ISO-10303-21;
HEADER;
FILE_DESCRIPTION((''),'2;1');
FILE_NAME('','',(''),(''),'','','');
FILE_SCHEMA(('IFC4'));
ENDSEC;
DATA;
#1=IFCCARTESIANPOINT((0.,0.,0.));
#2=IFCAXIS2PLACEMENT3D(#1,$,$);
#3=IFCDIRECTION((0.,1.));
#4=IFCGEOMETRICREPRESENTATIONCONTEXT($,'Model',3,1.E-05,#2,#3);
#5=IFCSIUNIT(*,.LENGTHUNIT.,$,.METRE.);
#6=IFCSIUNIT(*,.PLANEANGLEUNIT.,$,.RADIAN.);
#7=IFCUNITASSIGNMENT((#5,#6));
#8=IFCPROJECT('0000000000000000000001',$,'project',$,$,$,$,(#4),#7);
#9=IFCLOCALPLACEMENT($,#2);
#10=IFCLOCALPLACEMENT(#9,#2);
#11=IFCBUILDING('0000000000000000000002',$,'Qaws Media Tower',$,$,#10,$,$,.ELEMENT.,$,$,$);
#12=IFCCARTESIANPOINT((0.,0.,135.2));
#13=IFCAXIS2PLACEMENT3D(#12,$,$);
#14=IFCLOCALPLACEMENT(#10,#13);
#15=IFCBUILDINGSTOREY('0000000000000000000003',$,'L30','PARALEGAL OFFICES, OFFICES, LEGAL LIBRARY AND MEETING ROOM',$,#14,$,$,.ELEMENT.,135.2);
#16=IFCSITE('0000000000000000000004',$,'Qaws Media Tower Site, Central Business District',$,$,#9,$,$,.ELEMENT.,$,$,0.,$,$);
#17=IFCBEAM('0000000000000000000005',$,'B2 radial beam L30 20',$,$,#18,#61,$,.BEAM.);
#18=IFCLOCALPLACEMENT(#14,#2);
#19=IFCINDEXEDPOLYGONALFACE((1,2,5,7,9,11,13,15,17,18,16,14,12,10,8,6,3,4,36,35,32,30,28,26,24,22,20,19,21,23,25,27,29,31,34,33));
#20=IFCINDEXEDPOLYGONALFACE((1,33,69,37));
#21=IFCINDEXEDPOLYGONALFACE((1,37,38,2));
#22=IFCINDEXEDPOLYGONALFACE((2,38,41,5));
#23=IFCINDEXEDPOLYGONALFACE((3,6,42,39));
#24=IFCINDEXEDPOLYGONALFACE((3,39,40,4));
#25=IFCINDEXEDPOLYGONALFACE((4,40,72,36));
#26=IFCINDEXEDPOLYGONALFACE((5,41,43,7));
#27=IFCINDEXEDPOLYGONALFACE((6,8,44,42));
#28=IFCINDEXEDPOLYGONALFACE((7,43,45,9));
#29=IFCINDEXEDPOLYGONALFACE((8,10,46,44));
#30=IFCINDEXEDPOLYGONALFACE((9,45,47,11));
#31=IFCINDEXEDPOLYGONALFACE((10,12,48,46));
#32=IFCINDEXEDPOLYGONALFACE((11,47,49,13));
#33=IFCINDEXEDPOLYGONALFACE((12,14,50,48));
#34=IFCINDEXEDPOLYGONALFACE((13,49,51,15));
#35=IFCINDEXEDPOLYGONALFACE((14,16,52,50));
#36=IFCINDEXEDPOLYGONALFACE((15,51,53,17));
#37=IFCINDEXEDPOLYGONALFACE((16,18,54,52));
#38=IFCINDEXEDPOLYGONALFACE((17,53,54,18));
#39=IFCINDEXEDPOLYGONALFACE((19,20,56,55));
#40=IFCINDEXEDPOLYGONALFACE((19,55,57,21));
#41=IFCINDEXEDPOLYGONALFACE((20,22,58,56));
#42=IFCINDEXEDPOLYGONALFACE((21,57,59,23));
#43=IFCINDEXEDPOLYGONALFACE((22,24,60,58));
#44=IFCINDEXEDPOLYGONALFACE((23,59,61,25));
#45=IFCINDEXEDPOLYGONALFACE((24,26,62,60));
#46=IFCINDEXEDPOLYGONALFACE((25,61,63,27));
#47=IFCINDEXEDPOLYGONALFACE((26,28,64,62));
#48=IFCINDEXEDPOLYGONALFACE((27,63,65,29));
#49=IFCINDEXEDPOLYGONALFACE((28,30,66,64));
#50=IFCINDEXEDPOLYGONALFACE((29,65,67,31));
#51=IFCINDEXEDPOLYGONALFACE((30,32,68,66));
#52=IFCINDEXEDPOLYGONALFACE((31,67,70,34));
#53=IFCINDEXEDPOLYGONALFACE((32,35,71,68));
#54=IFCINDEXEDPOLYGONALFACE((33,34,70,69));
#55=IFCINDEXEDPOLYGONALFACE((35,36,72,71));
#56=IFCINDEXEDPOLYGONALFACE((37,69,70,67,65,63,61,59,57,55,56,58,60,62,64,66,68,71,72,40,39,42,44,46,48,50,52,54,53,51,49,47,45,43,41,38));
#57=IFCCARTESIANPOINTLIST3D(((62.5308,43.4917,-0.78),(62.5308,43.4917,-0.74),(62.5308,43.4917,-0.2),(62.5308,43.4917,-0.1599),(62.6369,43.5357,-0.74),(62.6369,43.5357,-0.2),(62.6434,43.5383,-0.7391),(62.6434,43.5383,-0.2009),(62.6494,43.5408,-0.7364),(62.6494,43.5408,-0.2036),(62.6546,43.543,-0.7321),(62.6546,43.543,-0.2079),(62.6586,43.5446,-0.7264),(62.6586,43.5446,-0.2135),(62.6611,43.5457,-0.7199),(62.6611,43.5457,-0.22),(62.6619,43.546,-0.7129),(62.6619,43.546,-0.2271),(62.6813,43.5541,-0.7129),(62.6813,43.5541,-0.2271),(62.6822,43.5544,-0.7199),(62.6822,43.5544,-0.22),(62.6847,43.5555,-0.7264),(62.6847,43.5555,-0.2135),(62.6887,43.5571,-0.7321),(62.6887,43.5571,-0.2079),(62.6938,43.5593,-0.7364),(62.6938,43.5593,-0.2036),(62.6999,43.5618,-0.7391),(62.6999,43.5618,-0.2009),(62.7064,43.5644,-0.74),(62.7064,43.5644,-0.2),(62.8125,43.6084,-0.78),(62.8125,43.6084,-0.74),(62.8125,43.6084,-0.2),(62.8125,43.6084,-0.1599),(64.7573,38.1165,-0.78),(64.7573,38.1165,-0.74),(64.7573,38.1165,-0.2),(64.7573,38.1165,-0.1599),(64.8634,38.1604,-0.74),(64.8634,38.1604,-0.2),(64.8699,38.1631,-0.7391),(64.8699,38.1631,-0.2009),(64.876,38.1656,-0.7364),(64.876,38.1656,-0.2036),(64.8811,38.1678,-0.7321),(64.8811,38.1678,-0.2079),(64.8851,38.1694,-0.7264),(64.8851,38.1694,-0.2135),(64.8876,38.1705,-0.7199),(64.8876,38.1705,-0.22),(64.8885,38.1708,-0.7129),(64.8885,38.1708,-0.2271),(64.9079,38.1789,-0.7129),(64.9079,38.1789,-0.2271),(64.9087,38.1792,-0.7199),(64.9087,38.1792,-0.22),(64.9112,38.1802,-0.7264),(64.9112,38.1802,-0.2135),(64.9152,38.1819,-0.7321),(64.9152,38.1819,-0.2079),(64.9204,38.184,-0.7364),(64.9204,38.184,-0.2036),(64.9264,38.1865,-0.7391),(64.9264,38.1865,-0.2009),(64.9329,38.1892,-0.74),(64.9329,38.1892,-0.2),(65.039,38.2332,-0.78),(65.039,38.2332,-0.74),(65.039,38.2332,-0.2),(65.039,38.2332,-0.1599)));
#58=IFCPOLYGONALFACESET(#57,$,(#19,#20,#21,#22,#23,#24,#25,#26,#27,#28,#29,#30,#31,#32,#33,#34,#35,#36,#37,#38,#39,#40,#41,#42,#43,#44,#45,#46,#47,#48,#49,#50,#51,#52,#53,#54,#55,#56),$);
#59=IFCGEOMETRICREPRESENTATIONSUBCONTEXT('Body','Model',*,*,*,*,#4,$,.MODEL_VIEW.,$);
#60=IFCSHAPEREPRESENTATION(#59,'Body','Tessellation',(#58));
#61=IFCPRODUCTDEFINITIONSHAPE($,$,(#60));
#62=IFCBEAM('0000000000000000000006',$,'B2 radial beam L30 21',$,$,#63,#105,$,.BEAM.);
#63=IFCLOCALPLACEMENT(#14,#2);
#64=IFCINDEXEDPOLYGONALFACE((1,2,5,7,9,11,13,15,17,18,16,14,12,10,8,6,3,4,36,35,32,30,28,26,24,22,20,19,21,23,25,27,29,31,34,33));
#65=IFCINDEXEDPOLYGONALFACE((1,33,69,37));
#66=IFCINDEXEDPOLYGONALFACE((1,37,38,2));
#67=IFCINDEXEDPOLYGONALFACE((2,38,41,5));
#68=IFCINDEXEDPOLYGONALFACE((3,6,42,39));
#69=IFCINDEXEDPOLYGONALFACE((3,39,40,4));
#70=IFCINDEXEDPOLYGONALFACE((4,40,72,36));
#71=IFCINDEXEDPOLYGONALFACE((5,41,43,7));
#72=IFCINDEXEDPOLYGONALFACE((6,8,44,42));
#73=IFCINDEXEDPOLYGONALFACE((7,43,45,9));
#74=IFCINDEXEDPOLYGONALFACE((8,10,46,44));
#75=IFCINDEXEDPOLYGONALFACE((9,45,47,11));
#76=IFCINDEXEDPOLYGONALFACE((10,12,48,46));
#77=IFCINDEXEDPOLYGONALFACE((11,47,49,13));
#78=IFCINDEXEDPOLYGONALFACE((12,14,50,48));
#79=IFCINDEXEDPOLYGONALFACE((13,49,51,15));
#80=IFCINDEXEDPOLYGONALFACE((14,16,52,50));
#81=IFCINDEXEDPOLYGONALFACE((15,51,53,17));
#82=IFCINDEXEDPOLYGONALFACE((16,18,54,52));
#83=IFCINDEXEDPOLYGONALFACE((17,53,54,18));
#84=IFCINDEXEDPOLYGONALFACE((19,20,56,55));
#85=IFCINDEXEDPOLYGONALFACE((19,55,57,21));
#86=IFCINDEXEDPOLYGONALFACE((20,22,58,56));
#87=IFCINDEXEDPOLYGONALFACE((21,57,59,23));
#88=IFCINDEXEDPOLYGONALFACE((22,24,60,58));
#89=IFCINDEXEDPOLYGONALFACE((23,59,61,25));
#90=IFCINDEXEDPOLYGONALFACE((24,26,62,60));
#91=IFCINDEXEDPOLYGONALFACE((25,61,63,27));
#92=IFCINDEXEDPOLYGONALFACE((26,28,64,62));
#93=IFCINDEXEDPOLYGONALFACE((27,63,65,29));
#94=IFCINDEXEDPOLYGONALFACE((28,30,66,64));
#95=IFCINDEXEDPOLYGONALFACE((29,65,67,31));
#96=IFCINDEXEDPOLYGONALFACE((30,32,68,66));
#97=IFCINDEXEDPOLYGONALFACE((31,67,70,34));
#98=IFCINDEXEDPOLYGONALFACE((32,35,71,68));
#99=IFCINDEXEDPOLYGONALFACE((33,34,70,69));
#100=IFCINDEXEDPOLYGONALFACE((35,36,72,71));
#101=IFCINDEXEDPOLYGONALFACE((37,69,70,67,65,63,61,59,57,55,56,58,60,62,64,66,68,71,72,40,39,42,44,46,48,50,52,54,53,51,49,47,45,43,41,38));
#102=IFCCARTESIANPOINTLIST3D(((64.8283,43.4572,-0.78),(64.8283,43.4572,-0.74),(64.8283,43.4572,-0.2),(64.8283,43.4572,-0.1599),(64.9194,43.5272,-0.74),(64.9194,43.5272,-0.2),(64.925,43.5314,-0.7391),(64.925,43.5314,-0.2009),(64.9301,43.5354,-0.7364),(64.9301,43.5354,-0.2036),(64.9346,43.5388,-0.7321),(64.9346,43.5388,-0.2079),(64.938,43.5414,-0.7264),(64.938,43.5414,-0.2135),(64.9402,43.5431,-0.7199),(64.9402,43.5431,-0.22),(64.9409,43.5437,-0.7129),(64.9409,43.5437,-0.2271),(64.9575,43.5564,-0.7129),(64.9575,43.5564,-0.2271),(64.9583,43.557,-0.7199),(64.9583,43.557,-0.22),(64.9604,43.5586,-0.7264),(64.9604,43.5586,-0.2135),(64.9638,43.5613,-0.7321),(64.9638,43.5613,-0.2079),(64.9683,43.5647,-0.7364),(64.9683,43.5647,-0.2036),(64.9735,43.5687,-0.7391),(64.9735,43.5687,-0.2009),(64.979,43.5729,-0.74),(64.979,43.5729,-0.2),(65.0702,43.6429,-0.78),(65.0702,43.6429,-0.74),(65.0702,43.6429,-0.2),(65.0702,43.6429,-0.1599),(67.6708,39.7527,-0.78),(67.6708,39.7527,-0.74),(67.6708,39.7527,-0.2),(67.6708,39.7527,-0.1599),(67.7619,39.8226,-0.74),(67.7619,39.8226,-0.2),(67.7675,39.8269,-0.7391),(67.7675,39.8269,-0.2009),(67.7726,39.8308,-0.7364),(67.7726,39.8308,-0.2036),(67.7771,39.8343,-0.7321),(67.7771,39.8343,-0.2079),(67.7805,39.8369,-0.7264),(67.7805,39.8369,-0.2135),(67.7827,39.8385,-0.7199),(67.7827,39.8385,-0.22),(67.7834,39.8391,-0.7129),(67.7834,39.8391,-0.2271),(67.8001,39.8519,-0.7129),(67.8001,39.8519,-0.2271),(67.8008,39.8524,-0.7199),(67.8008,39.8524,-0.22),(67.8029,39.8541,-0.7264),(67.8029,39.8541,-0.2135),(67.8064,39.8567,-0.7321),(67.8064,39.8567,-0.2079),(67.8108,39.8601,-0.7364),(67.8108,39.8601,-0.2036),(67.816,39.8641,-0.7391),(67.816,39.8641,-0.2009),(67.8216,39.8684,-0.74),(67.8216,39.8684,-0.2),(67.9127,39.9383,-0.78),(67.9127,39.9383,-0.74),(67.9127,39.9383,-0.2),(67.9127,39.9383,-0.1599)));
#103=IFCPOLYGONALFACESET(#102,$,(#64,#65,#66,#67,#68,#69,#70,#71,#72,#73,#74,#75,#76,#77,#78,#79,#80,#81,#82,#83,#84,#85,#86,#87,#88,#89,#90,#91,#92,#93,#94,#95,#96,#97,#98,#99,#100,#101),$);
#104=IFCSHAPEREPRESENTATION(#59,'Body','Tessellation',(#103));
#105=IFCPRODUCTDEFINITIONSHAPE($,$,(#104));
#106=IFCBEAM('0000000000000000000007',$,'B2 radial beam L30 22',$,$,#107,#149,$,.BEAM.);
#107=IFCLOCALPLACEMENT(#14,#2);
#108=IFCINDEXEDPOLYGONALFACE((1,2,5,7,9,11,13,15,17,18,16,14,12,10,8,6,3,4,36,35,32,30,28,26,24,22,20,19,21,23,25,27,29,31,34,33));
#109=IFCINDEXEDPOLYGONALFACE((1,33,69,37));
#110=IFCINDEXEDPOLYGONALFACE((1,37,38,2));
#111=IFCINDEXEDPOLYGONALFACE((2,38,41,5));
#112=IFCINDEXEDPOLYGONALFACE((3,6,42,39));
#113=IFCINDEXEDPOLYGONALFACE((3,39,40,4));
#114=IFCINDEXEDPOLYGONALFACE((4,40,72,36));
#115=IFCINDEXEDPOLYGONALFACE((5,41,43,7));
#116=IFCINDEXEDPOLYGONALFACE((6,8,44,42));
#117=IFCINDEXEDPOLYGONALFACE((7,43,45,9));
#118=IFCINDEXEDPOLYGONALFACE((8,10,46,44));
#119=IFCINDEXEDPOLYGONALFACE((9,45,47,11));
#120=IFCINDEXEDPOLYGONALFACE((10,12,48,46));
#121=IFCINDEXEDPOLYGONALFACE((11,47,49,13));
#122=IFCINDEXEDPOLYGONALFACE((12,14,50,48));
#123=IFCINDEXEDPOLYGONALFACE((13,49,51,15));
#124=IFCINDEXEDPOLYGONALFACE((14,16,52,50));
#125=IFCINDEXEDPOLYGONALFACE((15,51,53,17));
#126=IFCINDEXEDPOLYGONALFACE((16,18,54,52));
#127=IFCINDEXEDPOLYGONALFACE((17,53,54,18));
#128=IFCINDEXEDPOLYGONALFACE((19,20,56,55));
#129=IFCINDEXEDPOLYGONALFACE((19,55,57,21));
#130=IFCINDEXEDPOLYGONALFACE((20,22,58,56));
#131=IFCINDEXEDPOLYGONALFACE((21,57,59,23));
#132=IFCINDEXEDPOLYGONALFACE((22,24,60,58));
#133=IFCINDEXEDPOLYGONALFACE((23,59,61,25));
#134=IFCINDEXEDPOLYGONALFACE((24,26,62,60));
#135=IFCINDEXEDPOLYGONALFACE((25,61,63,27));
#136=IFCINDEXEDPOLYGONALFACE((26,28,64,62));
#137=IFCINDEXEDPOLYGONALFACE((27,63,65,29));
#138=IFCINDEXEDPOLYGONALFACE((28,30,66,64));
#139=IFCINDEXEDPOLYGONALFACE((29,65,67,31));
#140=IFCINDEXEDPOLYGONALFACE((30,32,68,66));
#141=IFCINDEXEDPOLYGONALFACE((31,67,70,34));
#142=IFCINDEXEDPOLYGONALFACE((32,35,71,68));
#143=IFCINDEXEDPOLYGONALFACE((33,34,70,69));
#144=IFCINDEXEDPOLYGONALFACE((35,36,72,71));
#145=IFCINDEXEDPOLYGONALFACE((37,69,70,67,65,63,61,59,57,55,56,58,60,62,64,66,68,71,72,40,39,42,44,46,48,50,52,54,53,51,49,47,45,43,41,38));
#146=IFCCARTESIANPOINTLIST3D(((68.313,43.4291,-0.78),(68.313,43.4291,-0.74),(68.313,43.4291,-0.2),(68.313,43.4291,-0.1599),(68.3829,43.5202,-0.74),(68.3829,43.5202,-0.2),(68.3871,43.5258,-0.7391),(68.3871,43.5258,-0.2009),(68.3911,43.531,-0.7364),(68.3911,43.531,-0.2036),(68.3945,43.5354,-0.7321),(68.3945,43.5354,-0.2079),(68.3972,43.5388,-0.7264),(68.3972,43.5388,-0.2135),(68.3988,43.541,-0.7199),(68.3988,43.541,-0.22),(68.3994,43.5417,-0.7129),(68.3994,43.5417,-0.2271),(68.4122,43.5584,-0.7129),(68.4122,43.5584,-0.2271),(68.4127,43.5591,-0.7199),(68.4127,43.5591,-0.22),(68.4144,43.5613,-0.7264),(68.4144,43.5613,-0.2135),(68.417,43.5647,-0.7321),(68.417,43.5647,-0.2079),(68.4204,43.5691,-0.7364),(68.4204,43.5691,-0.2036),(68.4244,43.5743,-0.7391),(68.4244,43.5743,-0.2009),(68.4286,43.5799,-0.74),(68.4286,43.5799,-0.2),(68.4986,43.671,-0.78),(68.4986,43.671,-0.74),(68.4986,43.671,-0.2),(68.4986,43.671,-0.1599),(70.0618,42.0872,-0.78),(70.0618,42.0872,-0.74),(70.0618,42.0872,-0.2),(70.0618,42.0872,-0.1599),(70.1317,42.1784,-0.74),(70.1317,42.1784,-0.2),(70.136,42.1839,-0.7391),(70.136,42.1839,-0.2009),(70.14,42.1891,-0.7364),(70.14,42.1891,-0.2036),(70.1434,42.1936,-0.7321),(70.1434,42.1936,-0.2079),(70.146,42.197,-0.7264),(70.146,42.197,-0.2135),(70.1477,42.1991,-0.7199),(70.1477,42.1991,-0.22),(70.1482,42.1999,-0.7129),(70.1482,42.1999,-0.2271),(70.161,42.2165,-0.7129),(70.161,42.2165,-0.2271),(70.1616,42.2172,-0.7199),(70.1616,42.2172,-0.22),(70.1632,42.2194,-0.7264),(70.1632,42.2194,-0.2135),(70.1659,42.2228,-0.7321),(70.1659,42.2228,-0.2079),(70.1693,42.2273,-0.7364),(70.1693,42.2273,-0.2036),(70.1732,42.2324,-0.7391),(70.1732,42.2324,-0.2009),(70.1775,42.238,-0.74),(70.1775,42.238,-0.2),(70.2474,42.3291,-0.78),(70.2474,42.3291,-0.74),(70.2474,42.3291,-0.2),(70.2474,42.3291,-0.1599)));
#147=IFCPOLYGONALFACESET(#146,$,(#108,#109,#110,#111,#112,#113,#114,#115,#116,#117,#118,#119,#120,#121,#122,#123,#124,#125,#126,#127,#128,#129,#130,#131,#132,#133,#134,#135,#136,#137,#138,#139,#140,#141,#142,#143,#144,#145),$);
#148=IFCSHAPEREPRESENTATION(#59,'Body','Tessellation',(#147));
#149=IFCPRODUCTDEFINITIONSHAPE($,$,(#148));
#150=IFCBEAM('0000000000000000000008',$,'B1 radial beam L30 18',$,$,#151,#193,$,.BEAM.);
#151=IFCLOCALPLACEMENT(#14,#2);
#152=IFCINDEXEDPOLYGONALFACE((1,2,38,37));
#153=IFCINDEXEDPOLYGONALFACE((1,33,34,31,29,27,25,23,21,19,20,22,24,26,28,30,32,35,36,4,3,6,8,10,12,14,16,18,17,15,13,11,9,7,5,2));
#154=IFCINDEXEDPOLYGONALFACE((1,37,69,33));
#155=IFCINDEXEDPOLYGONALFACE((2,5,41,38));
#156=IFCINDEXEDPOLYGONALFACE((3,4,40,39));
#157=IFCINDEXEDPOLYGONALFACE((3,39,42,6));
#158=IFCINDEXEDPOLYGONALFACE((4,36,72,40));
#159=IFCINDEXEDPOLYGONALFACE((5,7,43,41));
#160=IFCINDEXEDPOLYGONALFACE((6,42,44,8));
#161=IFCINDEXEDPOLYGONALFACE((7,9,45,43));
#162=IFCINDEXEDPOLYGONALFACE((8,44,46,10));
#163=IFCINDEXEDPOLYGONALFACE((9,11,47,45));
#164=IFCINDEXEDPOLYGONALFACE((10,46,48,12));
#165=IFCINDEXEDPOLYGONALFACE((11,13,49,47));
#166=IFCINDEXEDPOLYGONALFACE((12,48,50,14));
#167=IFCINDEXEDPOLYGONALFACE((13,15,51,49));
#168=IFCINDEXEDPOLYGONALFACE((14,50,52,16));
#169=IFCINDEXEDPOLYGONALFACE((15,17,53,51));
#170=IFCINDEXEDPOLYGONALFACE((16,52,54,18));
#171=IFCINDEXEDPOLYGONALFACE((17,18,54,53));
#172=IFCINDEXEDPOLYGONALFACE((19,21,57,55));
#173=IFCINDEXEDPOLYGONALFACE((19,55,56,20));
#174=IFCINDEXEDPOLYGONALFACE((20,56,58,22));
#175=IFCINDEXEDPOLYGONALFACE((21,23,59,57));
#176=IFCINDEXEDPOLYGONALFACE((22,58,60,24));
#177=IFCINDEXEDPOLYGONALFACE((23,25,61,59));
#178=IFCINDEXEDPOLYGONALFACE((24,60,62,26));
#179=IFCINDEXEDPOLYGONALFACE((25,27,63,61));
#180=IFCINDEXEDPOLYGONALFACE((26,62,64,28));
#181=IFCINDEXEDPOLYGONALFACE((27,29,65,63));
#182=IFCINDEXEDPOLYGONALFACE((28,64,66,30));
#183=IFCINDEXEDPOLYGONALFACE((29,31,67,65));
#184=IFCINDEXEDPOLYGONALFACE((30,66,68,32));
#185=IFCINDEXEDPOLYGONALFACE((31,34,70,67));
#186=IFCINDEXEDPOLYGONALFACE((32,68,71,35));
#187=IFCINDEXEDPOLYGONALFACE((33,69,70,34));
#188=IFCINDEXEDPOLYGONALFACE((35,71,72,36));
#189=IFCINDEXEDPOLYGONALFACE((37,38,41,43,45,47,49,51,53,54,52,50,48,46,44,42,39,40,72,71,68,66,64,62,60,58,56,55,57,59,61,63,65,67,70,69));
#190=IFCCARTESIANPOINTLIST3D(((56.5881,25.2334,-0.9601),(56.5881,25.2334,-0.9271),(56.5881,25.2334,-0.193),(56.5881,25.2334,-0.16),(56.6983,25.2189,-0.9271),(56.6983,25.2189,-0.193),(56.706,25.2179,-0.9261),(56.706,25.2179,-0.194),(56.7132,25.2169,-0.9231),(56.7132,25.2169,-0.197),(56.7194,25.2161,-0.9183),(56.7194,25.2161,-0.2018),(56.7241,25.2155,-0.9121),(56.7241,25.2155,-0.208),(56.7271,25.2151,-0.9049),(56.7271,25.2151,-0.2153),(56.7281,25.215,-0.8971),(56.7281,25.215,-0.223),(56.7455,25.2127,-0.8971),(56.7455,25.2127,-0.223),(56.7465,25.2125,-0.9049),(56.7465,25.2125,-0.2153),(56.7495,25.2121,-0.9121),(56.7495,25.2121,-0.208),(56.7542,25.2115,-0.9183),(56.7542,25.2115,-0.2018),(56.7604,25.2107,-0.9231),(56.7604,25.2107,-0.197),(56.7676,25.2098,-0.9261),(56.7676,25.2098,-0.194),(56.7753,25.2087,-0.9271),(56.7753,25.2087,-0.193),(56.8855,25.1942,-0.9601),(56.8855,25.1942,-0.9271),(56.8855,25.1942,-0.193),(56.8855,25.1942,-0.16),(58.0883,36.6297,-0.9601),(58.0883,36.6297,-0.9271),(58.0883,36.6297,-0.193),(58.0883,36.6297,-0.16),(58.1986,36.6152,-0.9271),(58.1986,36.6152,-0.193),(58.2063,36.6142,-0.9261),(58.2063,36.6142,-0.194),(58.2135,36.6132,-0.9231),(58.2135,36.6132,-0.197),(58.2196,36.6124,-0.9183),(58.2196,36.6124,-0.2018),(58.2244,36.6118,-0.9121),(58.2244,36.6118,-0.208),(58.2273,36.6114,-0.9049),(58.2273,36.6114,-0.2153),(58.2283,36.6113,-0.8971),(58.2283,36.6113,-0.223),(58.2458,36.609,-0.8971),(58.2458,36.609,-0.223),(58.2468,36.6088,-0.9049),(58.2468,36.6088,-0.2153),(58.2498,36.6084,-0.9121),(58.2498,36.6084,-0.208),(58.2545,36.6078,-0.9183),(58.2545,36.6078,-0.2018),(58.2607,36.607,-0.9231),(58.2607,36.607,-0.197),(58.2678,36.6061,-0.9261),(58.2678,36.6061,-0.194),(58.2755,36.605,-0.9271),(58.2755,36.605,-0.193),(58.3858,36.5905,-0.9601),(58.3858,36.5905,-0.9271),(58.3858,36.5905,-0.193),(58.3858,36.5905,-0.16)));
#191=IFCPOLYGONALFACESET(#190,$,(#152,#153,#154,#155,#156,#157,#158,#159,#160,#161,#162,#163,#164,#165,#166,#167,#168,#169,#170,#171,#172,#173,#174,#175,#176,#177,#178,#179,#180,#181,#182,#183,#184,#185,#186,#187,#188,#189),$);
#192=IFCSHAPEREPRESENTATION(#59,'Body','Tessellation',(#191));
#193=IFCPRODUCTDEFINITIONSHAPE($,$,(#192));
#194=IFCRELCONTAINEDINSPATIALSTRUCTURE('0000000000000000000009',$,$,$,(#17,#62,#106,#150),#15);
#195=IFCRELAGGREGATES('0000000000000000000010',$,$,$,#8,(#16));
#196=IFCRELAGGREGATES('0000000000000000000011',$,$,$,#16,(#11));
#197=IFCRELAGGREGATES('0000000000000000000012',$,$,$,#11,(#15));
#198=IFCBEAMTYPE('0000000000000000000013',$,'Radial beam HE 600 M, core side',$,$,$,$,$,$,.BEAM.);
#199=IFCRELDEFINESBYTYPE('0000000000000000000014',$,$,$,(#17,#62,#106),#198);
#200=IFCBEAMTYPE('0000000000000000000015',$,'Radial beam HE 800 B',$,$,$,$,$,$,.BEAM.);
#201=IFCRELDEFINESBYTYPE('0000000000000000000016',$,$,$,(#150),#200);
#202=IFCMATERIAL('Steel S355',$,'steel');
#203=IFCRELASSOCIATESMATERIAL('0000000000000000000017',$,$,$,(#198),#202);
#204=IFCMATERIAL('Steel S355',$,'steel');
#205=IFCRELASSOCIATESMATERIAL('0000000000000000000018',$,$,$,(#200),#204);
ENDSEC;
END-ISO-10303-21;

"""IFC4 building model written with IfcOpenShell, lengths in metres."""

from ifc_helpers import new_model, si_unit, direction, frame, origin, origin_2d, place, context, subcontext, project, spatial, i_section, extrude, material, material_profile, profile_set, type_object, element, save


model = new_model("IFC4")

# Units and contexts
model_context = context("Model", 3, precision=1e-05, world=origin(), true_north=direction((0.0, 1.0)))
body_context = subcontext(model_context, "Body", "Model", "MODEL_VIEW")
ifc_project = project(units=[si_unit("LENGTHUNIT", "METRE"), si_unit("PLANEANGLEUNIT", "RADIAN")], contexts=[model_context])

# Site, building, storey
site_placement = place(None, origin())
site = spatial("IfcSite", under=ifc_project, at=site_placement, Name="Qaws Media Tower Site, Central Business District", CompositionType="ELEMENT", RefElevation=0.0)
building_placement = place(site_placement, origin())
building = spatial("IfcBuilding", under=site, at=building_placement, Name="Qaws Media Tower", CompositionType="ELEMENT")
storey_placement = place(building_placement, frame((0.0, 0.0, 135.2)))
storey = spatial("IfcBuildingStorey", under=building, at=storey_placement, Name="L30", Description="PARALEGAL OFFICES, OFFICES, LEGAL LIBRARY AND MEETING ROOM", CompositionType="ELEMENT", Elevation=135.2)

# Beams
ifc_material_1 = material(Name="Steel S355", Category="steel")
ifc_material_profile_1 = material_profile(ifc_material_1, i_section(OverallWidth=0.3049, OverallDepth=0.6201, WebThickness=0.021, FlangeThickness=0.04, FilletRadius=0.0271, at=origin_2d()), Name="HE 600 M")
ifc_profile_set_1 = profile_set([ifc_material_profile_1], Name="Steel S355")
beam_type_1 = type_object("IfcBeamType", Name="Radial beam HE 600 M, core side", PredefinedType="BEAM", material=ifc_profile_set_1)
beam_1_placement = place(storey_placement, frame((62.6716, 43.55, -0.47), z_axis=(0.382693, -0.923876, 0.0), x_axis=(0.923876, 0.382693, 0.0)))
element("IfcBeam", 1, at=beam_1_placement, inside=storey, type_object=beam_type_1, Name="B2 radial beam L30 20", PredefinedType="BEAM", context=body_context, shape_type="SweptSolid", body=[
    extrude(i_section(OverallWidth=0.3049, OverallDepth=0.6201, WebThickness=0.021, FlangeThickness=0.04, FilletRadius=0.0271, at=origin_2d()), origin(), (0.0, 0.0, 1.0), 5.8181),
])
beam_2_placement = place(storey_placement, frame((64.9492, 43.55, -0.47), z_axis=(0.608748, -0.793364, 0.0), x_axis=(0.793364, 0.608748, 0.0)))
element("IfcBeam", 2, at=beam_2_placement, inside=storey, type_object=beam_type_1, Name="B2 radial beam L30 21", PredefinedType="BEAM", context=body_context, shape_type="SweptSolid", body=[
    extrude(i_section(OverallWidth=0.3049, OverallDepth=0.6201, WebThickness=0.021, FlangeThickness=0.04, FilletRadius=0.0271, at=origin_2d()), origin(), (0.0, 0.0, 1.0), 4.6694),
])
beam_3_placement = place(storey_placement, frame((68.4058, 43.55, -0.47), z_axis=(0.793373, -0.608736, 0.0), x_axis=(0.608736, 0.793373, 0.0)))
element("IfcBeam", 3, at=beam_3_placement, inside=storey, type_object=beam_type_1, Name="B2 radial beam L30 22", PredefinedType="BEAM", context=body_context, shape_type="SweptSolid", body=[
    extrude(i_section(OverallWidth=0.3049, OverallDepth=0.6201, WebThickness=0.021, FlangeThickness=0.04, FilletRadius=0.0271, at=origin_2d()), origin(), (0.0, 0.0, 1.0), 2.2043),
])
ifc_material_2 = material(Name="Steel S355", Category="steel")
ifc_material_profile_2 = material_profile(ifc_material_2, i_section(OverallWidth=0.3, OverallDepth=0.8, WebThickness=0.0176, FlangeThickness=0.033, FilletRadius=0.03, at=origin_2d()), Name="HE 800 B")
ifc_profile_set_2 = profile_set([ifc_material_profile_2], Name="Steel S355")
beam_type_2 = type_object("IfcBeamType", Name="Radial beam HE 800 B", PredefinedType="BEAM", material=ifc_profile_set_2)
for number, where, z_axis, x_axis, name in (
    (4, (58.2371, 36.6101, -0.5601), (-0.130518, -0.991446, 0.0), (0.991446, -0.130518, 0.0), "B1 radial beam L30 18"),
):
    element("IfcBeam", number, at=place(storey_placement, frame(where, z_axis=z_axis, x_axis=x_axis)), inside=storey, type_object=beam_type_2, Name=name, PredefinedType="BEAM", context=body_context, shape_type="SweptSolid", body=[
        extrude(i_section(OverallWidth=0.3, OverallDepth=0.8, WebThickness=0.0176, FlangeThickness=0.033, FilletRadius=0.03, at=origin_2d()), origin(), (0.0, 0.0, 1.0), 11.4946),
    ])

save(model, "model.ifc")
